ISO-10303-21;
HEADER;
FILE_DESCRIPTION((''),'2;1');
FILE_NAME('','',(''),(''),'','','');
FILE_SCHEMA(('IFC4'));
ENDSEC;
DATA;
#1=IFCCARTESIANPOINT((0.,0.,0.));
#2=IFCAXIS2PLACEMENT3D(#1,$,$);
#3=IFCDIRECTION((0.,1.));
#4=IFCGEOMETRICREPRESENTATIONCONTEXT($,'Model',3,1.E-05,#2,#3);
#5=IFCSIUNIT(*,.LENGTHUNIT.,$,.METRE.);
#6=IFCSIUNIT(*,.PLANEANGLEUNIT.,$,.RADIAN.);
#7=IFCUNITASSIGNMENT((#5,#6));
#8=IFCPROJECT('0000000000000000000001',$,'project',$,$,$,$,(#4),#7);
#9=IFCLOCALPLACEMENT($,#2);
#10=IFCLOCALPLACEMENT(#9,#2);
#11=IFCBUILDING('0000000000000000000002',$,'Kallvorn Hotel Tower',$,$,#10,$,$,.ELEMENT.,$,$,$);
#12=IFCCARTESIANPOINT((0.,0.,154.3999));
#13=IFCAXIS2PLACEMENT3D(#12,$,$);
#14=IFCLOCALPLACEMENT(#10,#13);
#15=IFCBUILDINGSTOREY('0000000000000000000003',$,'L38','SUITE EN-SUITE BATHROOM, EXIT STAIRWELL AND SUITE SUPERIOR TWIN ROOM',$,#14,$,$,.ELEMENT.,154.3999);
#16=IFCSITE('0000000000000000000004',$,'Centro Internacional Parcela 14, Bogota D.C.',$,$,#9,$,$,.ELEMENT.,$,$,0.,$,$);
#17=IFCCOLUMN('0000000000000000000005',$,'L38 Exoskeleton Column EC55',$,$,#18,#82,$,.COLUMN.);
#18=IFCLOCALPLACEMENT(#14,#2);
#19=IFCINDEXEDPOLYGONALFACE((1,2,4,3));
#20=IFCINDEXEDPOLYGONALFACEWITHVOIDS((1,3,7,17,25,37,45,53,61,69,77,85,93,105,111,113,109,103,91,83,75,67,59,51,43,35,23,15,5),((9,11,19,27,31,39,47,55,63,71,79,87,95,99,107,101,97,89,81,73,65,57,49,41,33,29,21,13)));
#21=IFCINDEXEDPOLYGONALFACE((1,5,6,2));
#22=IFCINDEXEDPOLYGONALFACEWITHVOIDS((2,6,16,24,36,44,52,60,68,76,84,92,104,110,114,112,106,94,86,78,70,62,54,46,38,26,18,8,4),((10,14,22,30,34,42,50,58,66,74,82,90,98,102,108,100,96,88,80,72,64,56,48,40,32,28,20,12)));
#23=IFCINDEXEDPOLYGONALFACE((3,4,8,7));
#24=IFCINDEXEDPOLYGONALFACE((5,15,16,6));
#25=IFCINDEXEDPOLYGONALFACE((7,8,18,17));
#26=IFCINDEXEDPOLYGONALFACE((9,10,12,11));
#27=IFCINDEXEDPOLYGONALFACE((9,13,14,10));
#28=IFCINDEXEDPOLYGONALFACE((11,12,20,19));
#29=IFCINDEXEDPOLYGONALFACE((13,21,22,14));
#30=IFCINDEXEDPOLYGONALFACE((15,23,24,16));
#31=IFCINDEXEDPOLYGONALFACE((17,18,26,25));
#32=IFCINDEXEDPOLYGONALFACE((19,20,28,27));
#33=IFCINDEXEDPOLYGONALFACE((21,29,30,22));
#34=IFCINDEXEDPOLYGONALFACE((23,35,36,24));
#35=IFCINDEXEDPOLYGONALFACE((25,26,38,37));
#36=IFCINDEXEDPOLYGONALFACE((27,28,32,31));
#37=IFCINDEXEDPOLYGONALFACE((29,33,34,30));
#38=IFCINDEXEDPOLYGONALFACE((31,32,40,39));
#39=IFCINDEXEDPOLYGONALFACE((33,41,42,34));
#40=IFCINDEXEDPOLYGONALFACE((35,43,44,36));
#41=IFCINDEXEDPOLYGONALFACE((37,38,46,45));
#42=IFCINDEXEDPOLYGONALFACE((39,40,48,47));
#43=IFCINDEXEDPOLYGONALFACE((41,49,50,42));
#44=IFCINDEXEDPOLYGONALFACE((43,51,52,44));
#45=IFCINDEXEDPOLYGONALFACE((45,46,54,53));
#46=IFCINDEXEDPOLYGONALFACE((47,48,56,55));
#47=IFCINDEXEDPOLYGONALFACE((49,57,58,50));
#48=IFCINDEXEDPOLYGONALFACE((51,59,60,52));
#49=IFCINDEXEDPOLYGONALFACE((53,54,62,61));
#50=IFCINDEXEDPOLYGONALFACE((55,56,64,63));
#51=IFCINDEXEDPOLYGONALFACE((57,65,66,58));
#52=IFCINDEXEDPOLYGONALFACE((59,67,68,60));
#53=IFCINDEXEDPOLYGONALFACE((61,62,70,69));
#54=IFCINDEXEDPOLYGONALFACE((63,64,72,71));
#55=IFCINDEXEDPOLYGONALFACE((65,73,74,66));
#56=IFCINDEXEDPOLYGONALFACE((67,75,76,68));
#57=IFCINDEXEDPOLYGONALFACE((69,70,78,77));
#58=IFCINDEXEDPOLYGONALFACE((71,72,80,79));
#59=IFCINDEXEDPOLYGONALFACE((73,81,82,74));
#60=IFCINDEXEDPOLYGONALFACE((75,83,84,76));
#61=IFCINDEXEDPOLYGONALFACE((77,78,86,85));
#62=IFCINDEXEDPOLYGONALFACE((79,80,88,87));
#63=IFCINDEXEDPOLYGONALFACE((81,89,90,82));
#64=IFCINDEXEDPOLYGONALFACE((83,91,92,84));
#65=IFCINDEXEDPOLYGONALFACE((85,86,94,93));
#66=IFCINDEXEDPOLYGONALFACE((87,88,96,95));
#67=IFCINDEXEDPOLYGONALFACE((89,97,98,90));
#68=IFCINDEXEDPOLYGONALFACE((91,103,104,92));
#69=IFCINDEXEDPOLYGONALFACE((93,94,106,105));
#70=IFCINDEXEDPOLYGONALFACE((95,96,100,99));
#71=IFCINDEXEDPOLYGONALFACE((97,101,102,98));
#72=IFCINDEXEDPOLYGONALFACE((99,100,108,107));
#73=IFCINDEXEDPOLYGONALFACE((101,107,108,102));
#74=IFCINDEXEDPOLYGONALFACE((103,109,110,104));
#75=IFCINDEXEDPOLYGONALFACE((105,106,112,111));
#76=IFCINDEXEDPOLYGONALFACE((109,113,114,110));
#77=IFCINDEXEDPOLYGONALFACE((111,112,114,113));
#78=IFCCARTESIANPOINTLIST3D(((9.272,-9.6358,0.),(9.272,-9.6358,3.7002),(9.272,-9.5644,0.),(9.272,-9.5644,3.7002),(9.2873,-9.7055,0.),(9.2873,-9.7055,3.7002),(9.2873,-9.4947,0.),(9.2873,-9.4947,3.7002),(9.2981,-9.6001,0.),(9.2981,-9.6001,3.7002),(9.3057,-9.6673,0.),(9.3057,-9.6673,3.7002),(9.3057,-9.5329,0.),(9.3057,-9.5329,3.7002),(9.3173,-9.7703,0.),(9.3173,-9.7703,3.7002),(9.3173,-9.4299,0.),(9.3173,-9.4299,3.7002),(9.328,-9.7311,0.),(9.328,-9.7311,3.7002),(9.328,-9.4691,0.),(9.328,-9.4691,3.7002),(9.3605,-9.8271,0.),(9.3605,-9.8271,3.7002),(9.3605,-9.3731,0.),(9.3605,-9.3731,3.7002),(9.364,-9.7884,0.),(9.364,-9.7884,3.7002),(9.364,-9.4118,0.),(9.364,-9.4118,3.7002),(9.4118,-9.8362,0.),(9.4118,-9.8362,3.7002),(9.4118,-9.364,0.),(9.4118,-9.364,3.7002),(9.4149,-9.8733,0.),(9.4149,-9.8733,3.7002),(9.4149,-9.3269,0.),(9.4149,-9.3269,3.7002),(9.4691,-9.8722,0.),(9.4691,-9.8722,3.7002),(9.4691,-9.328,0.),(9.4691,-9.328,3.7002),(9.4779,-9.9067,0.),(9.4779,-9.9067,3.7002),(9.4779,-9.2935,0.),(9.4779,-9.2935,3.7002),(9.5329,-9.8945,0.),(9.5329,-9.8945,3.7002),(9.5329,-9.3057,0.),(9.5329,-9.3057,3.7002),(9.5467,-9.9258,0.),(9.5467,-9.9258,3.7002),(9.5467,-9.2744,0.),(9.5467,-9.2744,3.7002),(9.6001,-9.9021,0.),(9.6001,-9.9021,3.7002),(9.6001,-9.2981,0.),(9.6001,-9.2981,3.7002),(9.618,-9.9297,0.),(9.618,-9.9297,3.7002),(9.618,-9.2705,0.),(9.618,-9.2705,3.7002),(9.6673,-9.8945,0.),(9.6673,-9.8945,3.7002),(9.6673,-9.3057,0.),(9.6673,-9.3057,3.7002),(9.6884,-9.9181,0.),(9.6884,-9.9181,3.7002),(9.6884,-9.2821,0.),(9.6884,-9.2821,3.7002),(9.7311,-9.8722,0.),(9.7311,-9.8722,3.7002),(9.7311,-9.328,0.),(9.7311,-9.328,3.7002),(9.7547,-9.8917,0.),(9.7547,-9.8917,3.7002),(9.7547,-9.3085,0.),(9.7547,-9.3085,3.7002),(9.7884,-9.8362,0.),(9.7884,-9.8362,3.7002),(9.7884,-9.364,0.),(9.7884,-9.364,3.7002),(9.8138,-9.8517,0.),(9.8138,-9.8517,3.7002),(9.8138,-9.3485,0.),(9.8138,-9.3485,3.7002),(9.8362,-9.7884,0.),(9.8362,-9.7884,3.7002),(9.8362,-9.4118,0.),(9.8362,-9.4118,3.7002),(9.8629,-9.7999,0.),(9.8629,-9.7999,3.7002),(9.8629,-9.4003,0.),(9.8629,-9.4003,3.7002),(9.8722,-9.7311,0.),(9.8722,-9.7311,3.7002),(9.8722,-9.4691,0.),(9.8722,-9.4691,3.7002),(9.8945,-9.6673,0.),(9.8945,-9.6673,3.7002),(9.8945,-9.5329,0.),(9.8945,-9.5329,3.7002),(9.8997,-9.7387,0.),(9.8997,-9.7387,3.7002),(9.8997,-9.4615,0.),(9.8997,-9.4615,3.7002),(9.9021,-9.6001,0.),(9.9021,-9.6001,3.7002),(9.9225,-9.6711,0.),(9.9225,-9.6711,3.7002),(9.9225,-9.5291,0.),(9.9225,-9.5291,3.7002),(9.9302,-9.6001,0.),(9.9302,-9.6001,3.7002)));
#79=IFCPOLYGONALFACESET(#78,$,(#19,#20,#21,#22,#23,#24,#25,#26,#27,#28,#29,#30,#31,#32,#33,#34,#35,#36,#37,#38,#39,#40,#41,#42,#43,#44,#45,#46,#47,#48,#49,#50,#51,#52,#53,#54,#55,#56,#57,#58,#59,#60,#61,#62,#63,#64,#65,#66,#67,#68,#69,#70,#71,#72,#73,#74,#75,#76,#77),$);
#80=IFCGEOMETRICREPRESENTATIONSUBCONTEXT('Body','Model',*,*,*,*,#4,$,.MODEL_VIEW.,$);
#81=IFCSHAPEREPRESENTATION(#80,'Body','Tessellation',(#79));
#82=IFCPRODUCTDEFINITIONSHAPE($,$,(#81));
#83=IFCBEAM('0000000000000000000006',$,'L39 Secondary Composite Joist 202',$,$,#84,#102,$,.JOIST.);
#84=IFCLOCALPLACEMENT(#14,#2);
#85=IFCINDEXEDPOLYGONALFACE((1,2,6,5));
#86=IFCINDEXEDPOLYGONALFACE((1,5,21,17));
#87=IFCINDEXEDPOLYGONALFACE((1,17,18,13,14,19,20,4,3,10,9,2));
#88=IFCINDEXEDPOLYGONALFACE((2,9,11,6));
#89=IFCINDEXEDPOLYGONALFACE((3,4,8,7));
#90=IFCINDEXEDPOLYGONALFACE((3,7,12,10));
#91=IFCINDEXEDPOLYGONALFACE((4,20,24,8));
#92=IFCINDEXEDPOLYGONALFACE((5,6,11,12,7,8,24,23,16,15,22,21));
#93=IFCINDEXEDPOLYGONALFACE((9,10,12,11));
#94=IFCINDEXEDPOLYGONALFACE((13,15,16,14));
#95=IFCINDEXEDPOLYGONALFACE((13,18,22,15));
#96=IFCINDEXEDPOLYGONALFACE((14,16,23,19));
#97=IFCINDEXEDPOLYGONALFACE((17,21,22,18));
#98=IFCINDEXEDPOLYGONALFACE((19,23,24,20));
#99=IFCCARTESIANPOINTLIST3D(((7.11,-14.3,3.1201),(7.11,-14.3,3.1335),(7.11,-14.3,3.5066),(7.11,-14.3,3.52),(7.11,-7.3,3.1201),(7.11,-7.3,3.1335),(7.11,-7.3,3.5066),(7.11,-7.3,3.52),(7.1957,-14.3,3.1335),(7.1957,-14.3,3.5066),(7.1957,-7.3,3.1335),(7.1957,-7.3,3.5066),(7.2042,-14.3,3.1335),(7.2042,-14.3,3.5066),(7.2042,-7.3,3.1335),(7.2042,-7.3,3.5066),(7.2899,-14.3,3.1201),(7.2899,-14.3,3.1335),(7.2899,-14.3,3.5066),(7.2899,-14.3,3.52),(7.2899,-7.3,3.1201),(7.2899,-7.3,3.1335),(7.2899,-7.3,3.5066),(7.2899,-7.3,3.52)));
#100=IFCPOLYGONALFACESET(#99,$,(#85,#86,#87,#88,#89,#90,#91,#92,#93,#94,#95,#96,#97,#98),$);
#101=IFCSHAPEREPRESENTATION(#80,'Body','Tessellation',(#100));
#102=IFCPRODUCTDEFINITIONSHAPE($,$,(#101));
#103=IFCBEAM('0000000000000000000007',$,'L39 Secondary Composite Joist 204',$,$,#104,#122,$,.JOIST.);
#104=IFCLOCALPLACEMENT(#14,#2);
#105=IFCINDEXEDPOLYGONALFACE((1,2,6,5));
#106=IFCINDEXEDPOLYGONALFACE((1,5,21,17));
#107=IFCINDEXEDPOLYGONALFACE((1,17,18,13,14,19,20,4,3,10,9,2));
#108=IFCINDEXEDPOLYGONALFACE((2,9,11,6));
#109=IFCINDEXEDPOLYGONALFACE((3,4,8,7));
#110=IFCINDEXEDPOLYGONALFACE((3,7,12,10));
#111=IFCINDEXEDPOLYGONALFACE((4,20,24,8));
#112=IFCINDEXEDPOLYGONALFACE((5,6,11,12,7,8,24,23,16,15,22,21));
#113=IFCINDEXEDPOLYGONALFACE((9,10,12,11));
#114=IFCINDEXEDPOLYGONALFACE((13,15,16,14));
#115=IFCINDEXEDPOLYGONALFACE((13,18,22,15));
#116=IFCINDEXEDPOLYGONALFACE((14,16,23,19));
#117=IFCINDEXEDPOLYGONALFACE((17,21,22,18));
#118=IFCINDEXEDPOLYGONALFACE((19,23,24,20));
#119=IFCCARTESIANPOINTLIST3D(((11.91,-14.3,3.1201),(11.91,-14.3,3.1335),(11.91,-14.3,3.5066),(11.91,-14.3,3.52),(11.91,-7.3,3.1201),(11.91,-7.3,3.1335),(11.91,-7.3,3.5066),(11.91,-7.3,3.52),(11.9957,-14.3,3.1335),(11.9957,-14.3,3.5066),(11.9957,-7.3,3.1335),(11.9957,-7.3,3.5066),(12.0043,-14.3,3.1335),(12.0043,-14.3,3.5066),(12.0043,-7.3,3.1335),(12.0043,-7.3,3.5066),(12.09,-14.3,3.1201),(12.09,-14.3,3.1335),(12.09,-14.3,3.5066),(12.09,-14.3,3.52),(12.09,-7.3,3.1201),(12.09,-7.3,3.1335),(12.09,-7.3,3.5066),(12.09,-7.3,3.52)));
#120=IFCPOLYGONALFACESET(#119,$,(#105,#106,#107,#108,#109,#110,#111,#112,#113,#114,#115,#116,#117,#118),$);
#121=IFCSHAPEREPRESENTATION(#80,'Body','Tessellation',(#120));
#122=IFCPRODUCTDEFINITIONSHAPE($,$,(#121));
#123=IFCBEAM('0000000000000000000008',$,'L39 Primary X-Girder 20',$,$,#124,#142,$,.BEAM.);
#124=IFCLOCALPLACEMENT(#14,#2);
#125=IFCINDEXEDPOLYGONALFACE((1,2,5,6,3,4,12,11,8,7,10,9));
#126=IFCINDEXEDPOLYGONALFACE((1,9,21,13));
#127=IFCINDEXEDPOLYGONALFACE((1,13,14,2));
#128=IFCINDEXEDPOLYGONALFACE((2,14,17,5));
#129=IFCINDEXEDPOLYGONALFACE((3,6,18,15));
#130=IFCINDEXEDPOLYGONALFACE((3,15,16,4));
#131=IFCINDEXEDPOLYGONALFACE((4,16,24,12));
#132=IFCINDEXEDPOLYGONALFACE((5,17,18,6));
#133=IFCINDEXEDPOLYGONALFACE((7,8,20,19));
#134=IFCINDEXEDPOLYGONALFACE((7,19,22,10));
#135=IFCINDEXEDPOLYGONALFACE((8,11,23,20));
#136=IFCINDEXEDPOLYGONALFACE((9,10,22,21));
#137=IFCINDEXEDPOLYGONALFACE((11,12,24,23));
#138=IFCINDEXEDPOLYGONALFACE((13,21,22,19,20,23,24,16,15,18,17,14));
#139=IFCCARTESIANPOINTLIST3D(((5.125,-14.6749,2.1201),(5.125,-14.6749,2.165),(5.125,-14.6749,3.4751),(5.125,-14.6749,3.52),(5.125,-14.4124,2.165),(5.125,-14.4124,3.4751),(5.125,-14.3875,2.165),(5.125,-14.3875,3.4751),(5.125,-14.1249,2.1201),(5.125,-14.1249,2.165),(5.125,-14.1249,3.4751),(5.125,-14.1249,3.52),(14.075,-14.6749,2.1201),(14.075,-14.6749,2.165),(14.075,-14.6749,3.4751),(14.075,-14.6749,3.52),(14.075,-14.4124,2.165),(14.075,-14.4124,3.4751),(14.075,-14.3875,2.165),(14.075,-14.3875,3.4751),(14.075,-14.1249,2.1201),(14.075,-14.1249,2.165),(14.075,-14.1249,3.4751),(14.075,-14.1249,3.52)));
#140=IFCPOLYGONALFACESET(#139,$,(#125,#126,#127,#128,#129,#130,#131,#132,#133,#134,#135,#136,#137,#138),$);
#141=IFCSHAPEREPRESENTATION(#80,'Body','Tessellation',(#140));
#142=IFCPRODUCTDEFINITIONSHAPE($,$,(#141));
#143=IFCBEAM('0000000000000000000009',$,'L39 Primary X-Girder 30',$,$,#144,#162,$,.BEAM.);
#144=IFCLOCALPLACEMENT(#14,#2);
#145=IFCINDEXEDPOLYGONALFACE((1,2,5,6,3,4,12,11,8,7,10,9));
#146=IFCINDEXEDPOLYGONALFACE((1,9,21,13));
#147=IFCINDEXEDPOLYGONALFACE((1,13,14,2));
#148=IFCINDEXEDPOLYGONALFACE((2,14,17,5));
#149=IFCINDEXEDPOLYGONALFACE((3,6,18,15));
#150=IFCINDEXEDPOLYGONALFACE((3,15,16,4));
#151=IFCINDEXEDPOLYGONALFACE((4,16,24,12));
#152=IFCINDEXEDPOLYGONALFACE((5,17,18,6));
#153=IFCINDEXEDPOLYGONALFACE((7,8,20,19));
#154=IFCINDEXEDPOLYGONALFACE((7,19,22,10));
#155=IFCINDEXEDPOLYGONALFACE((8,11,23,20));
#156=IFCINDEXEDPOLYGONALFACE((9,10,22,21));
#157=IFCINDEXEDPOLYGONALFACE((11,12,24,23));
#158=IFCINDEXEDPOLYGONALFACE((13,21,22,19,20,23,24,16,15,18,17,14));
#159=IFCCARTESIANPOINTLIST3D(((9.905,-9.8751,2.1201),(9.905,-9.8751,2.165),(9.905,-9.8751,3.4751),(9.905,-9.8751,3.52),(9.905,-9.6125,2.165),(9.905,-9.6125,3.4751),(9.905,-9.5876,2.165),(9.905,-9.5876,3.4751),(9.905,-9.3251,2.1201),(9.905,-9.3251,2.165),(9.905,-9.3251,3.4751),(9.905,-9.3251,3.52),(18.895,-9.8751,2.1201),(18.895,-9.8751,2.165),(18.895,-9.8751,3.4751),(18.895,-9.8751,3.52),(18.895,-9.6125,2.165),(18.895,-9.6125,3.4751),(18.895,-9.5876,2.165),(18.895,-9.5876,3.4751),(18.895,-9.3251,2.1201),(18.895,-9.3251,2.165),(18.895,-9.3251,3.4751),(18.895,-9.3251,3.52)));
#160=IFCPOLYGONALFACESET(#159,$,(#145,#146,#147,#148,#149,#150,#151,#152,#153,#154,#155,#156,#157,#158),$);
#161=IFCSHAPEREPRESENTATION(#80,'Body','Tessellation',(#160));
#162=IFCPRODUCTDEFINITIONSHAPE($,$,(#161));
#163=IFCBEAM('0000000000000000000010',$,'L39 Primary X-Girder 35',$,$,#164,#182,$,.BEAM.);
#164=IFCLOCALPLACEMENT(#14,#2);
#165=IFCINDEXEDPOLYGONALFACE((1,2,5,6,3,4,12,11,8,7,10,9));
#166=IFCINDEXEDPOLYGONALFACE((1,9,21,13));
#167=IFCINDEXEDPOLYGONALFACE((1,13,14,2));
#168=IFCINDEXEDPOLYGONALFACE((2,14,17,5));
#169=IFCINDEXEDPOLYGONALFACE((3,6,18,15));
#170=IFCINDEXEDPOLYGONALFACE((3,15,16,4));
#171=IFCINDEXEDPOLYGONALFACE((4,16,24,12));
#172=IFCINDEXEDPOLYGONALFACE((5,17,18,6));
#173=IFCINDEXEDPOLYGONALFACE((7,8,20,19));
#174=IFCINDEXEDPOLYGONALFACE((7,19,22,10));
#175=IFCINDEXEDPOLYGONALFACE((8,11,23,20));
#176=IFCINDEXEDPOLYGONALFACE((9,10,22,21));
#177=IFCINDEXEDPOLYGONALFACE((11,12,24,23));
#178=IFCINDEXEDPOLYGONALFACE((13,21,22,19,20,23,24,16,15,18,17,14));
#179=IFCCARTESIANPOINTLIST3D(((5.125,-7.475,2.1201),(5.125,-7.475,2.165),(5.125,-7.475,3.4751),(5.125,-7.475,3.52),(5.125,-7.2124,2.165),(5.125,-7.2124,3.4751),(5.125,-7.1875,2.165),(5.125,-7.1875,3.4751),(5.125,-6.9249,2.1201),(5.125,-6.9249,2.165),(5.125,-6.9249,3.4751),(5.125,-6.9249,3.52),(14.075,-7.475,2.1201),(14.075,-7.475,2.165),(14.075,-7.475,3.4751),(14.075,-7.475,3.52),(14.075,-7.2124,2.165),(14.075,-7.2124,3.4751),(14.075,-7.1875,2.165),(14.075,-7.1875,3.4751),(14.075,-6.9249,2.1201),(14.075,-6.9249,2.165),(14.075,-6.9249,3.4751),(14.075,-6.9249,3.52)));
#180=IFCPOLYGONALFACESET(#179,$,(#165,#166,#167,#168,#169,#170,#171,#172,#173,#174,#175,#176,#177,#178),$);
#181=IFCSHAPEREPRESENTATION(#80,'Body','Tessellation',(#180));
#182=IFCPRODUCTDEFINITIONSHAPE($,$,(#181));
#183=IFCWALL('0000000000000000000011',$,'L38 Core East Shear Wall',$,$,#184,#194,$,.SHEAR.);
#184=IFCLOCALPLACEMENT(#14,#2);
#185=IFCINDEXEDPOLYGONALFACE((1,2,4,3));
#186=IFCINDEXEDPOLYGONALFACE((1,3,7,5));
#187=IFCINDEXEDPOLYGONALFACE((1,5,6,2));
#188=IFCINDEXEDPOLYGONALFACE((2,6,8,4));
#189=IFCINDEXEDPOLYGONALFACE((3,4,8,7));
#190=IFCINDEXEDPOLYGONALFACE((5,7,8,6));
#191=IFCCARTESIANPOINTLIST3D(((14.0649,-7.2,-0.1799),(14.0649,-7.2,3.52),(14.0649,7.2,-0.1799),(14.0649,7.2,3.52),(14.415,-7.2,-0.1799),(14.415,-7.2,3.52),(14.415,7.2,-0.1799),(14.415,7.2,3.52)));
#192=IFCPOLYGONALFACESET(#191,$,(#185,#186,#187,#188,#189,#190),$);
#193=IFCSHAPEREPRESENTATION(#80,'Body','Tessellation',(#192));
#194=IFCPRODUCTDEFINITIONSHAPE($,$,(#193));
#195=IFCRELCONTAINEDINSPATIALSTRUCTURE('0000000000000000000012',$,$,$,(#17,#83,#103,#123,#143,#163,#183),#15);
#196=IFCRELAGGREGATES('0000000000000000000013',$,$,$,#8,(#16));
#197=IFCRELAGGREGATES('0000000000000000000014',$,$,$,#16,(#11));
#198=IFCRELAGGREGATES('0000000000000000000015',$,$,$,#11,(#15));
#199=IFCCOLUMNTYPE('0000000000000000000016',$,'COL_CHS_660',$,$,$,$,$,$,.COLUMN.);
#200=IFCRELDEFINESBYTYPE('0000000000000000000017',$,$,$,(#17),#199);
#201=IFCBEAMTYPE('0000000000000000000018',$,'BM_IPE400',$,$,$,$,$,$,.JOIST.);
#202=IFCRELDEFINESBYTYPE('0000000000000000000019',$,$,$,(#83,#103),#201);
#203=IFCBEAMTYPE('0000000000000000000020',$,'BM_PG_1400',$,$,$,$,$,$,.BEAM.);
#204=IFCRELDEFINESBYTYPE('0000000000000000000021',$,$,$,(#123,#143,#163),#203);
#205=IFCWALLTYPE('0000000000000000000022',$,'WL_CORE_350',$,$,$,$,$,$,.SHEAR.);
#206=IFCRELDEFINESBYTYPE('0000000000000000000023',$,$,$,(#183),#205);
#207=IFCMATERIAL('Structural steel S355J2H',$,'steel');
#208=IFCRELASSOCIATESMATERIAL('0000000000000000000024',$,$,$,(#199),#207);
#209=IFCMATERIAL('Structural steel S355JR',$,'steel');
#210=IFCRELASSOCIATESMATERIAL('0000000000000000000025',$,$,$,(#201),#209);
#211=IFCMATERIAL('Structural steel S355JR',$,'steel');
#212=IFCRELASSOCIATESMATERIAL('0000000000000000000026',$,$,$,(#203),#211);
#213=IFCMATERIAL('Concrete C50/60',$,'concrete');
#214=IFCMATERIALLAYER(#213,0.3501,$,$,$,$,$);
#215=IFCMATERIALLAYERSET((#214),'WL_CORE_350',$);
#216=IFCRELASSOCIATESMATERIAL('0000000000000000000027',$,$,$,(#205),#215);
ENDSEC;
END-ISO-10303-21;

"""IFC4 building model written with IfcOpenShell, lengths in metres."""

from ifc_helpers import new_model, si_unit, direction, frame, frame_2d, origin, origin_2d, place, context, subcontext, project, spatial, rectangle, hollow_circle, i_section, extrude, material, layer, layer_set, material_profile, profile_set, type_object, element, save


model = new_model("IFC4")

# Units and contexts
model_context = context("Model", 3, precision=1e-05, world=origin(), true_north=direction((0.0, 1.0)))
body_context = subcontext(model_context, "Body", "Model", "MODEL_VIEW")
ifc_project = project(units=[si_unit("LENGTHUNIT", "METRE"), si_unit("PLANEANGLEUNIT", "RADIAN")], contexts=[model_context])

# Site, building, storey
site_placement = place(None, origin())
site = spatial("IfcSite", under=ifc_project, at=site_placement, Name="Centro Internacional Parcela 14, Bogota D.C.", CompositionType="ELEMENT", RefElevation=0.0)
building_placement = place(site_placement, origin())
building = spatial("IfcBuilding", under=site, at=building_placement, Name="Kallvorn Hotel Tower", CompositionType="ELEMENT")
storey_placement = place(building_placement, frame((0.0, 0.0, 154.3999)))
storey = spatial("IfcBuildingStorey", under=building, at=storey_placement, Name="L38", Description="SUITE EN-SUITE BATHROOM, EXIT STAIRWELL AND SUITE SUPERIOR TWIN ROOM", CompositionType="ELEMENT", Elevation=154.3999)

# Column
ifc_material_1 = material(Name="Structural steel S355J2H", Category="steel")
ifc_material_profile_1 = material_profile(ifc_material_1, hollow_circle(Radius=0.3301, WallThickness=0.0281, at=origin_2d()), Name="CHS 660x28")
ifc_profile_set_1 = profile_set([ifc_material_profile_1], Name="Structural steel S355J2H")
column_type = type_object("IfcColumnType", Name="COL_CHS_660", PredefinedType="COLUMN", material=ifc_profile_set_1)
column_placement = place(storey_placement, frame((9.6001, -9.6001, 0.0), z_axis=(0.0, 0.0, 1.0), x_axis=(1.0, 0.0, 0.0)))
element("IfcColumn", 1, at=column_placement, inside=storey, type_object=column_type, Name="L38 Exoskeleton Column EC55", PredefinedType="COLUMN", context=body_context, shape_type="SweptSolid", body=[
    extrude(hollow_circle(Radius=0.3301, WallThickness=0.0281, at=origin_2d()), origin(), (0.0, 0.0, 1.0), 3.7002),
])

# Beams
ifc_material_2 = material(Name="Structural steel S355JR", Category="steel")
ifc_material_profile_2 = material_profile(ifc_material_2, i_section(OverallWidth=0.1799, OverallDepth=0.3999, WebThickness=0.0085, FlangeThickness=0.0134, at=origin_2d()), Name="IPE 400")
ifc_profile_set_2 = profile_set([ifc_material_profile_2], Name="Structural steel S355JR")
beam_type_1 = type_object("IfcBeamType", Name="BM_IPE400", PredefinedType="JOIST", material=ifc_profile_set_2)
for number, where, z_axis, x_axis, name in (
    (2, (7.2, -14.3, 3.3201), (0.0, 1.0, 0.0), (-1.0, 0.0, 0.0), "L39 Secondary Composite Joist 202"),
    (3, (12.0, -14.3, 3.3201), (0.0, 1.0, 0.0), (-1.0, 0.0, 0.0), "L39 Secondary Composite Joist 204"),
):
    element("IfcBeam", number, at=place(storey_placement, frame(where, z_axis=z_axis, x_axis=x_axis)), inside=storey, type_object=beam_type_1, Name=name, PredefinedType="JOIST", context=body_context, shape_type="SweptSolid", body=[
        extrude(i_section(OverallWidth=0.1799, OverallDepth=0.3999, WebThickness=0.0085, FlangeThickness=0.0134, at=origin_2d()), origin(), (0.0, 0.0, 1.0), 7.0),
    ])
ifc_material_3 = material(Name="Structural steel S355JR", Category="steel")
ifc_material_profile_3 = material_profile(ifc_material_3, i_section(OverallWidth=0.55, OverallDepth=1.3999, WebThickness=0.0249, FlangeThickness=0.0449, at=origin_2d()), Name="PG 1400x550x25x45")
ifc_profile_set_3 = profile_set([ifc_material_profile_3], Name="Structural steel S355JR")
beam_type_2 = type_object("IfcBeamType", Name="BM_PG_1400", PredefinedType="BEAM", material=ifc_profile_set_3)
beam_1_placement = place(storey_placement, frame((5.125, -14.3999, 2.8201), z_axis=(1.0, 0.0, 0.0), x_axis=(0.0, 1.0, 0.0)))
element("IfcBeam", 4, at=beam_1_placement, inside=storey, type_object=beam_type_2, Name="L39 Primary X-Girder 20", PredefinedType="BEAM", context=body_context, shape_type="SweptSolid", body=[
    extrude(i_section(OverallWidth=0.55, OverallDepth=1.3999, WebThickness=0.0249, FlangeThickness=0.0449, at=origin_2d()), origin(), (0.0, 0.0, 1.0), 8.95),
])
beam_2_placement = place(storey_placement, frame((9.905, -9.6001, 2.8201), z_axis=(1.0, 0.0, 0.0), x_axis=(0.0, 1.0, 0.0)))
element("IfcBeam", 5, at=beam_2_placement, inside=storey, type_object=beam_type_2, Name="L39 Primary X-Girder 30", PredefinedType="BEAM", context=body_context, shape_type="SweptSolid", body=[
    extrude(i_section(OverallWidth=0.55, OverallDepth=1.3999, WebThickness=0.0249, FlangeThickness=0.0449, at=origin_2d()), origin(), (0.0, 0.0, 1.0), 8.99),
])
beam_3_placement = place(storey_placement, frame((5.125, -7.2, 2.8201), z_axis=(1.0, 0.0, 0.0), x_axis=(0.0, 1.0, 0.0)))
element("IfcBeam", 6, at=beam_3_placement, inside=storey, type_object=beam_type_2, Name="L39 Primary X-Girder 35", PredefinedType="BEAM", context=body_context, shape_type="SweptSolid", body=[
    extrude(i_section(OverallWidth=0.55, OverallDepth=1.3999, WebThickness=0.0249, FlangeThickness=0.0449, at=origin_2d()), origin(), (0.0, 0.0, 1.0), 8.95),
])

# Wall
ifc_material_4 = material(Name="Concrete C50/60", Category="concrete")
ifc_layer_1 = layer(ifc_material_4, 0.3501)
ifc_layer_set_1 = layer_set([ifc_layer_1], Name="WL_CORE_350")
wall_type_1 = type_object("IfcWallType", Name="WL_CORE_350", PredefinedType="SHEAR", material=ifc_layer_set_1)
wall_1_placement = place(storey_placement, frame((14.24, -7.2, -0.1799), z_axis=(0.0, 0.0, 1.0), x_axis=(0.0, 1.0, 0.0)))
element("IfcWall", 7, at=wall_1_placement, inside=storey, type_object=wall_type_1, Name="L38 Core East Shear Wall", PredefinedType="SHEAR", context=body_context, shape_type="SweptSolid", body=[
    extrude(rectangle(XDim=14.3999, YDim=0.3501, at=frame_2d((7.2, 0.0))), origin(), (0.0, 0.0, 1.0), 3.7),
])

save(model, "model.ifc")
